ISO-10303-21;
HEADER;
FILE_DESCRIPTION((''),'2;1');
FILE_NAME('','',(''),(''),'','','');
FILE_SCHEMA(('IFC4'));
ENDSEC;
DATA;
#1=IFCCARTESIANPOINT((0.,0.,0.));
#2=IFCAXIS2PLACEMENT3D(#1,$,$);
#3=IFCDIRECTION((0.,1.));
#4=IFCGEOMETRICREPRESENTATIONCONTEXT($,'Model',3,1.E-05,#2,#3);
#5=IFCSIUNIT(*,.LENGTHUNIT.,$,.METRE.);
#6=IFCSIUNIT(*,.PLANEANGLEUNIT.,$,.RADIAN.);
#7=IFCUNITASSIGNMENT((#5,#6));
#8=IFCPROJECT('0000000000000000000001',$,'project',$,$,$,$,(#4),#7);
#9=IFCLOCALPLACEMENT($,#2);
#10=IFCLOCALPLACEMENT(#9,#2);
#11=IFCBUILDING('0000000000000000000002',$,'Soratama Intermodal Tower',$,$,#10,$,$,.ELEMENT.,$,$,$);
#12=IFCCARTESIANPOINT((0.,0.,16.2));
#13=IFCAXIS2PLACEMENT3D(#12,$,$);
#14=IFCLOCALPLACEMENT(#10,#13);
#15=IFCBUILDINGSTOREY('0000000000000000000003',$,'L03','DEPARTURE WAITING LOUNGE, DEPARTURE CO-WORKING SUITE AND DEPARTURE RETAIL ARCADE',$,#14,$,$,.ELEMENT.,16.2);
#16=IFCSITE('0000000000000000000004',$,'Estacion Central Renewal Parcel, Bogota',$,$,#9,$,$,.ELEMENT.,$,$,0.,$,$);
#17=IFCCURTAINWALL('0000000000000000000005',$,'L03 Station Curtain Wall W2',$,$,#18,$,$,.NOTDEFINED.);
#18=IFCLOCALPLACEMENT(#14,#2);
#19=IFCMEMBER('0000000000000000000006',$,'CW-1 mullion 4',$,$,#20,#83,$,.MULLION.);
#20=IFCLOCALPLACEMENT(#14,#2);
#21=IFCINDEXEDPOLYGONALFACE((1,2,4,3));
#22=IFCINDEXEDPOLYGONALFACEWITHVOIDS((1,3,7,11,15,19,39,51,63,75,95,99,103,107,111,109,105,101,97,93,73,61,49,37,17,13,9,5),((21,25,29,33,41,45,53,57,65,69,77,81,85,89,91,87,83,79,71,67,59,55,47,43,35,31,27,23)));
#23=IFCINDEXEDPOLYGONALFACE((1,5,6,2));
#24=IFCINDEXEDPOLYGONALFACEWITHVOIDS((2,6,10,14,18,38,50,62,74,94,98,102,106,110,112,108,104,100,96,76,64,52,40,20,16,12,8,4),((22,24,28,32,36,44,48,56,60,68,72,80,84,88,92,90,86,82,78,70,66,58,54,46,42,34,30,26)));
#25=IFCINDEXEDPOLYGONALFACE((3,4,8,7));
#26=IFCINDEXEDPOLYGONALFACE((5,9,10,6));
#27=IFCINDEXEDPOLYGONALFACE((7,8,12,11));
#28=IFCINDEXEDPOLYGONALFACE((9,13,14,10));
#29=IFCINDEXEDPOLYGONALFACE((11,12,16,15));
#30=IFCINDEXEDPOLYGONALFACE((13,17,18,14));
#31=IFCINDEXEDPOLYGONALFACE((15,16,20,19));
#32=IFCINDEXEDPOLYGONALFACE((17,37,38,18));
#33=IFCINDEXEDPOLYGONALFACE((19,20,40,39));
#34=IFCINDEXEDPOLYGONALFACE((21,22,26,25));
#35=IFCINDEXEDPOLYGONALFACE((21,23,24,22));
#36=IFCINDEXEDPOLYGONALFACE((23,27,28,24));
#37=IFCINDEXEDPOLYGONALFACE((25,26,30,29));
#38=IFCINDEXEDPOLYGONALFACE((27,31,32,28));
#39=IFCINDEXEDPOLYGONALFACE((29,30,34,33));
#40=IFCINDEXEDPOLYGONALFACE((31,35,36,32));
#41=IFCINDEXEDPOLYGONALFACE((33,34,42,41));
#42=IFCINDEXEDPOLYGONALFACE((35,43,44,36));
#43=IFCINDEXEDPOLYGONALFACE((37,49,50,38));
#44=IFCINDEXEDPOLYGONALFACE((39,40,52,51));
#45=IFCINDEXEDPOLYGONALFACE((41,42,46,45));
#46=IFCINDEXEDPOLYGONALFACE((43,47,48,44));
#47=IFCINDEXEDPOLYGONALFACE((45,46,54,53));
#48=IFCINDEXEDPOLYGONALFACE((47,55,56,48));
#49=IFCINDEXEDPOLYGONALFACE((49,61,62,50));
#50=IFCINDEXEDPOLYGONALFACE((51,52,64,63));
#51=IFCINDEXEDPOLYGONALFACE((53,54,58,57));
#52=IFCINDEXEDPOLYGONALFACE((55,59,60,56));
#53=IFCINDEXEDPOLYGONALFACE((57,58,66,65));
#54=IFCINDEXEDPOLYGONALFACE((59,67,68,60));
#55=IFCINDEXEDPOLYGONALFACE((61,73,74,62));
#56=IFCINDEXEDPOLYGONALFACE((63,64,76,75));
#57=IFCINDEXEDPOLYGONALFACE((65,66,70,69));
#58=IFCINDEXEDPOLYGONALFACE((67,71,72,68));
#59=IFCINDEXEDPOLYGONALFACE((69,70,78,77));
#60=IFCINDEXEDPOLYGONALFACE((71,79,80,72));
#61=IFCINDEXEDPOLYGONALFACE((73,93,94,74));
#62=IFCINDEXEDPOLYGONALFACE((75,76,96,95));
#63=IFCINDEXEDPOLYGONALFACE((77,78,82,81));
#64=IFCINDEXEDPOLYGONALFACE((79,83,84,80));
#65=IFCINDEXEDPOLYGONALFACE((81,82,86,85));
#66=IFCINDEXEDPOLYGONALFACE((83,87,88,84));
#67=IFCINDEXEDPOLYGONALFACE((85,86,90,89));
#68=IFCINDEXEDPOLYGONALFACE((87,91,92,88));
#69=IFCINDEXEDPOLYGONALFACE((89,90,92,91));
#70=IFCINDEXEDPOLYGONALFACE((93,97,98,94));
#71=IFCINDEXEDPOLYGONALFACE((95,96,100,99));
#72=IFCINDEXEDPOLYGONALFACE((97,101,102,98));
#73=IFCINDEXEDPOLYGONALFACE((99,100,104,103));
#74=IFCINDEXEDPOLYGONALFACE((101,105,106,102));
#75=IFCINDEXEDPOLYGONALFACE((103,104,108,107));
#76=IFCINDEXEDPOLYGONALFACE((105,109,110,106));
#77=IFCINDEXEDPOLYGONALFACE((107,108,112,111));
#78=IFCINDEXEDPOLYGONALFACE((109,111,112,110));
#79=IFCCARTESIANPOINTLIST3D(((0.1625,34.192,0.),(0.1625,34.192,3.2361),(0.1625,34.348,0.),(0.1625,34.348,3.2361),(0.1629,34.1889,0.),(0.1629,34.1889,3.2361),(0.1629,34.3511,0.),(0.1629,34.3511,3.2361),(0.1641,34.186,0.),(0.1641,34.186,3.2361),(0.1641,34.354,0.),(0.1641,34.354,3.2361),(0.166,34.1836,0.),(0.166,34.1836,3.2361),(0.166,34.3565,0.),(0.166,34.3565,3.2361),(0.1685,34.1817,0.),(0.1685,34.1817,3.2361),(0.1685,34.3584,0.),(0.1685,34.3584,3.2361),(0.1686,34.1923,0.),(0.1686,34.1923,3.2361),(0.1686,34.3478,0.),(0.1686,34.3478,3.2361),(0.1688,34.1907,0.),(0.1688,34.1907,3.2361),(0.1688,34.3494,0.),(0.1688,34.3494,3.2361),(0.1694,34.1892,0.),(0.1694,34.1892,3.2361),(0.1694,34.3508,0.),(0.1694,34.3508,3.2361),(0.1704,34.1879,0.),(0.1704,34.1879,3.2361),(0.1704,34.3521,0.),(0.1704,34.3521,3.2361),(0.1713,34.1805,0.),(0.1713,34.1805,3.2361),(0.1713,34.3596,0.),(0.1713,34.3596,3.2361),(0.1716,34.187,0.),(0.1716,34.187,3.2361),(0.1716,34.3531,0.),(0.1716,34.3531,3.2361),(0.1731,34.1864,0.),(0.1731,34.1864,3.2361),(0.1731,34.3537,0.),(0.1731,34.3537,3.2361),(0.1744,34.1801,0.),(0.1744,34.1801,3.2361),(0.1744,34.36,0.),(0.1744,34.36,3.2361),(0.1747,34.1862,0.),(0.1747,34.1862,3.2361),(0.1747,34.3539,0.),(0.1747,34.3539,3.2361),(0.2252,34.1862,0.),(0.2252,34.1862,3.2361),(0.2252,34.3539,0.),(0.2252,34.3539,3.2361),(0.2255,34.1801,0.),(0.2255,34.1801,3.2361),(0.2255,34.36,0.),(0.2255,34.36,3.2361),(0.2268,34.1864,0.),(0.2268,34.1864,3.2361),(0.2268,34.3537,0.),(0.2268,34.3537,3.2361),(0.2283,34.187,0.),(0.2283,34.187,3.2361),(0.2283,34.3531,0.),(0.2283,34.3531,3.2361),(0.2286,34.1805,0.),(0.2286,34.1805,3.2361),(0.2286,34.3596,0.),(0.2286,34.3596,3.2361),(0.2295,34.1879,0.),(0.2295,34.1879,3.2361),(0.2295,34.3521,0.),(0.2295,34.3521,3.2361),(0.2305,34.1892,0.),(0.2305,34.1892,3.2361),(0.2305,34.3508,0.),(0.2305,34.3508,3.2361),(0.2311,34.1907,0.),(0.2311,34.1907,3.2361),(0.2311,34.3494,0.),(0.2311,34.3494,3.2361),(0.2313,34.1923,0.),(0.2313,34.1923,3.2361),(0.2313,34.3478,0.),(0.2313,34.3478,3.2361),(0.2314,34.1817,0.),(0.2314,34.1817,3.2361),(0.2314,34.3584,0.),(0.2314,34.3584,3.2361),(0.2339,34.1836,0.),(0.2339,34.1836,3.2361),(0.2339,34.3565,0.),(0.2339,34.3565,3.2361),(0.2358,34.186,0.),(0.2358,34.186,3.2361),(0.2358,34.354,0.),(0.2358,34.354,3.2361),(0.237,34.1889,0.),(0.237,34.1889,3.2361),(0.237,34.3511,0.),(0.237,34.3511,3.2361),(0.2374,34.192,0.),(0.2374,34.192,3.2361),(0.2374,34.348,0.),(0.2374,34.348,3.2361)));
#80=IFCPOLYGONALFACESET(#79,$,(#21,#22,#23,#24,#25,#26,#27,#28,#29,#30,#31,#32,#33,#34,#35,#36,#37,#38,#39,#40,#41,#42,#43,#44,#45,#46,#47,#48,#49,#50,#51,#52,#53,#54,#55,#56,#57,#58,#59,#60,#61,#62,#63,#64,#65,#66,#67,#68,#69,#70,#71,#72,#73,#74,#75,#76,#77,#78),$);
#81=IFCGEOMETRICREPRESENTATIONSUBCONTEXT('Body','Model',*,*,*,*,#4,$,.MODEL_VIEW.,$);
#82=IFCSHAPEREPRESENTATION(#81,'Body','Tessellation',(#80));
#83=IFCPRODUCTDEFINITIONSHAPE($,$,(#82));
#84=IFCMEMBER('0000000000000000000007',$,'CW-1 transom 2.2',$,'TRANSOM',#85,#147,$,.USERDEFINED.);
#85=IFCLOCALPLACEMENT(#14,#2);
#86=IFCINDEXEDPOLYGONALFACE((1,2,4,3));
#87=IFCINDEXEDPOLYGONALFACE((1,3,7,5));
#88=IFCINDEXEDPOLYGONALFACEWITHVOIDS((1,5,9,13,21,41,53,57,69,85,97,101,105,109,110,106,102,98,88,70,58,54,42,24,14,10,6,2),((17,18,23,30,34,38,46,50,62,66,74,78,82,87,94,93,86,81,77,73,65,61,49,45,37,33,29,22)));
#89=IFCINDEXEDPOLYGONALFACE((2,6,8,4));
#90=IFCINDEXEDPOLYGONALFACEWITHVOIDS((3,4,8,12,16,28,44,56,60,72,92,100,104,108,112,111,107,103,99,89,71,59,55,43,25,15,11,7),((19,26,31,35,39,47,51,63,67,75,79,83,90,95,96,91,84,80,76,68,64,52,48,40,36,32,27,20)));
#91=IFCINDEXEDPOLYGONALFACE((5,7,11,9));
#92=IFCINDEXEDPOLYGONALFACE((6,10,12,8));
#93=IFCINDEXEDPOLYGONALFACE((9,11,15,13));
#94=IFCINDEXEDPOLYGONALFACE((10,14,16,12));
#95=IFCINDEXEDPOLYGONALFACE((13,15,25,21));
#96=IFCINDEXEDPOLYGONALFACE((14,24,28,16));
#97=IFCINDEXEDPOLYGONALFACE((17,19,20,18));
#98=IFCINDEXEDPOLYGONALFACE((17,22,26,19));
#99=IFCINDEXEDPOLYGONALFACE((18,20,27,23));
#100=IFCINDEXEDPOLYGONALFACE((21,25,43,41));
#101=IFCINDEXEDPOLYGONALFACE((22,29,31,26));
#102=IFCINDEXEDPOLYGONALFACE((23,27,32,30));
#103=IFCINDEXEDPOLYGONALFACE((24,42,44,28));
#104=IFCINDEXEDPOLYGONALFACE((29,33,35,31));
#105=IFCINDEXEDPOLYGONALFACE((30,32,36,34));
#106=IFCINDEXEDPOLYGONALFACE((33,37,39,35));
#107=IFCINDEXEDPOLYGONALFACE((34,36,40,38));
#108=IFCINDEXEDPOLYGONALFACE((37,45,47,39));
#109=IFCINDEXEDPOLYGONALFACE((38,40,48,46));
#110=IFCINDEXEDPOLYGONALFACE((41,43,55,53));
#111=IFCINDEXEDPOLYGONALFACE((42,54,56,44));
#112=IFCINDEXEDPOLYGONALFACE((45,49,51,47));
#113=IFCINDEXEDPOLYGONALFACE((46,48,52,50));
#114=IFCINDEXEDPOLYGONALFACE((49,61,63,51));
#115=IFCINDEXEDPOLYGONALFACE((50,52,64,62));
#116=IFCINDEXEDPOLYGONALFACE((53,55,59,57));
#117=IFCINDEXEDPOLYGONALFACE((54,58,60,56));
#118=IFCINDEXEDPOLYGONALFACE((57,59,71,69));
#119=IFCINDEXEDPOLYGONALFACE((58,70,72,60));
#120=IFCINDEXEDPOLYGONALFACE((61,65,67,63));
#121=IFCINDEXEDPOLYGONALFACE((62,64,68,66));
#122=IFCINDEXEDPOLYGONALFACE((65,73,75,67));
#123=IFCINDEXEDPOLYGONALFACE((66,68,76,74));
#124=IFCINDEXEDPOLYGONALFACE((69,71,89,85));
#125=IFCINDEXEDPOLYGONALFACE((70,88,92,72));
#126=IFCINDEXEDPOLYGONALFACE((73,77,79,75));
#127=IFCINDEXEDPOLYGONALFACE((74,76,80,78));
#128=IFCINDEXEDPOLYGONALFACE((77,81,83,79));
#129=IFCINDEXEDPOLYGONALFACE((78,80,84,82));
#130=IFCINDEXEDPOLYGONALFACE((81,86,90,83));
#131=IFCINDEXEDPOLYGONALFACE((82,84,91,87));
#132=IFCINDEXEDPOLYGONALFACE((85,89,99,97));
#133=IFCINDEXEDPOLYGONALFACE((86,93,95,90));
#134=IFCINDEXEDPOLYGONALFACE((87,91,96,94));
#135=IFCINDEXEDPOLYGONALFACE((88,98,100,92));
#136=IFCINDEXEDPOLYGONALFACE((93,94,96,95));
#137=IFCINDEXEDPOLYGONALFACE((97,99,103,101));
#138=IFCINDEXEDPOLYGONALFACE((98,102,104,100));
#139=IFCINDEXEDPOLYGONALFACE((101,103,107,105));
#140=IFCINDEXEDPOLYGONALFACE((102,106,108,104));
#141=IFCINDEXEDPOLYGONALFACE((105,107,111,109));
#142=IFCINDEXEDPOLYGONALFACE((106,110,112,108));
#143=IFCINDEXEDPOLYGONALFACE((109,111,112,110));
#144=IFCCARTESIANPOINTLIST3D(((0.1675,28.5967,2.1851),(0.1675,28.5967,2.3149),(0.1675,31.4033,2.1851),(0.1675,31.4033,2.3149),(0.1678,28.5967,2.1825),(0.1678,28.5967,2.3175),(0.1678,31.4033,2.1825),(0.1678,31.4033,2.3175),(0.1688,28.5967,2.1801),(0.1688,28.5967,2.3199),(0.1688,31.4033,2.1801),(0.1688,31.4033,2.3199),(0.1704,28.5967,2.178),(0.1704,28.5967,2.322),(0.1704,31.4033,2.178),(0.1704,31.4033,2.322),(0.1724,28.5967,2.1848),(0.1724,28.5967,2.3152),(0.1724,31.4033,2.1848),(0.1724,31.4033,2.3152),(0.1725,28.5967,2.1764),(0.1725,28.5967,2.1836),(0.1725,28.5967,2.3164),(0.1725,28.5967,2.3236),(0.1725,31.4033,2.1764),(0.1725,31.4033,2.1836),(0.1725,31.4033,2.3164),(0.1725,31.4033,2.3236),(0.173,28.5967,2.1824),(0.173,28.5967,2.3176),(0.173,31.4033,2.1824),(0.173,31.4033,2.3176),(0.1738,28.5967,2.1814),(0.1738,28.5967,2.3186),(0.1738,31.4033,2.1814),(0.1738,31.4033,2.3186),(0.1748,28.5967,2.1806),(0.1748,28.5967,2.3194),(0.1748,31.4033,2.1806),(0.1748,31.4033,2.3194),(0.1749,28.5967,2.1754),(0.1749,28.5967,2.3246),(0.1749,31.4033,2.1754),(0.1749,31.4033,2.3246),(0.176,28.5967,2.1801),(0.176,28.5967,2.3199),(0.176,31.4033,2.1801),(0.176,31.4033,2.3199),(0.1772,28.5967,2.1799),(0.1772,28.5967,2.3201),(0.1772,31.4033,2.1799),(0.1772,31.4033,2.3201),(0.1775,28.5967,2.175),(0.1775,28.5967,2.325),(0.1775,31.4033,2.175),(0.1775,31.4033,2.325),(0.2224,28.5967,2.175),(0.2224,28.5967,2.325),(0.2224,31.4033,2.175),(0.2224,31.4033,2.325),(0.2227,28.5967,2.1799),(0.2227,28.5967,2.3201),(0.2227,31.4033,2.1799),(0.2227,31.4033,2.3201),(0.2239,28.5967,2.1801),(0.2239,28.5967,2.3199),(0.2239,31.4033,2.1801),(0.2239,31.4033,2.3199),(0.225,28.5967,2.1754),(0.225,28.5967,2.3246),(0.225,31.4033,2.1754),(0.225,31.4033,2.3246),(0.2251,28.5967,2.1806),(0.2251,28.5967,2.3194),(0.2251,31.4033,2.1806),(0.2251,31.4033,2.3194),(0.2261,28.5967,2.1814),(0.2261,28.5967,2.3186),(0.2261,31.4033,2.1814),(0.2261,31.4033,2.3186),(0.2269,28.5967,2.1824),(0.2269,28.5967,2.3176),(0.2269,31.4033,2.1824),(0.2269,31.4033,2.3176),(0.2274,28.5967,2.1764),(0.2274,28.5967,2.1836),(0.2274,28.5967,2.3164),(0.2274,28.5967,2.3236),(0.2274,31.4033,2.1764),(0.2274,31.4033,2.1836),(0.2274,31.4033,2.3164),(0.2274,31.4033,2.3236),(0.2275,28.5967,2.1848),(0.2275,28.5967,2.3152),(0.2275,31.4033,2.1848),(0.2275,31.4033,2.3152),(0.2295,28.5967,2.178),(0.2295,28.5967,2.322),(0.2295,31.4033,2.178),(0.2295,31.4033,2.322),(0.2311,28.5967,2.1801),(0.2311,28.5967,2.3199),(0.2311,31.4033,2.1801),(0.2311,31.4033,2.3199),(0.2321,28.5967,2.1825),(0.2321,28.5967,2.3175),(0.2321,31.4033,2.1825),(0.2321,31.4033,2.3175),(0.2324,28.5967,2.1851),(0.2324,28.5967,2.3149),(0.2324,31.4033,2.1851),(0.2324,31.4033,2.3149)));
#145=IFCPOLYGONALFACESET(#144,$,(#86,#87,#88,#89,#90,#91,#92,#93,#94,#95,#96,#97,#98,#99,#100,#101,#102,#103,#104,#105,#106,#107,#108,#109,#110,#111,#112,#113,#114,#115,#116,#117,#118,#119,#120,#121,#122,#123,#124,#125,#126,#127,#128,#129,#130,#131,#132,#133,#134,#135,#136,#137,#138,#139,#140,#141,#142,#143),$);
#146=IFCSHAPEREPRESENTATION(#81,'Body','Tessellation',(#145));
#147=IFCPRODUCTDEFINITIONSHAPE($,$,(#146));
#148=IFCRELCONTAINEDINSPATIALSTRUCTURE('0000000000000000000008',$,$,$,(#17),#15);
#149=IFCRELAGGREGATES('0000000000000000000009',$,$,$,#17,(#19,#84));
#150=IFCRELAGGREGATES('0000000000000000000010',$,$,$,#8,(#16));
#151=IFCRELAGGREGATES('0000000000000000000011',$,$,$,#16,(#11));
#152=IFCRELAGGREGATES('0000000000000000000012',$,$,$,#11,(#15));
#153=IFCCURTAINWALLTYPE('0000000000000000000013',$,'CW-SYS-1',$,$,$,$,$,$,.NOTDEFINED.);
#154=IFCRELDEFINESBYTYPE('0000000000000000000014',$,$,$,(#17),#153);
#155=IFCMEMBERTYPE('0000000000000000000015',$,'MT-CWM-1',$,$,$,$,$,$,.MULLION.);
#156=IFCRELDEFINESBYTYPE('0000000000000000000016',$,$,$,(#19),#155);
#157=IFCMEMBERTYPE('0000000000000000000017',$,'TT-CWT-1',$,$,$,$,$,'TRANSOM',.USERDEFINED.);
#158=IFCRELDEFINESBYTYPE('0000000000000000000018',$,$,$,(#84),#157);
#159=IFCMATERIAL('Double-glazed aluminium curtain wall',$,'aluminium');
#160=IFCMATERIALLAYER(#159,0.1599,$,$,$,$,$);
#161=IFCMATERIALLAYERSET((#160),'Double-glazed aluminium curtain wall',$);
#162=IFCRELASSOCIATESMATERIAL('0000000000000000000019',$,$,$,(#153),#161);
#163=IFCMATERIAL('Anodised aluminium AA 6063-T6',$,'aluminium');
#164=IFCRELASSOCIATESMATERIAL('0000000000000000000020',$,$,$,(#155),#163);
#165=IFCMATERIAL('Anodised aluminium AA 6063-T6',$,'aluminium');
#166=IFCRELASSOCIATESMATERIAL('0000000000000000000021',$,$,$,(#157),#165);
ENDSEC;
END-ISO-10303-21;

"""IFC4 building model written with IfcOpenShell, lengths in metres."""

from ifc_helpers import new_model, si_unit, direction, frame, origin, origin_2d, place, context, subcontext, project, spatial, hollow_rectangle, extrude, material, layer, layer_set, material_profile, profile_set, type_object, element, aggregate, save


model = new_model("IFC4")

# Units and contexts
model_context = context("Model", 3, precision=1e-05, world=origin(), true_north=direction((0.0, 1.0)))
body_context = subcontext(model_context, "Body", "Model", "MODEL_VIEW")
ifc_project = project(units=[si_unit("LENGTHUNIT", "METRE"), si_unit("PLANEANGLEUNIT", "RADIAN")], contexts=[model_context])

# Site, building, storey
site_placement = place(None, origin())
site = spatial("IfcSite", under=ifc_project, at=site_placement, Name="Estacion Central Renewal Parcel, Bogota", CompositionType="ELEMENT", RefElevation=0.0)
building_placement = place(site_placement, origin())
building = spatial("IfcBuilding", under=site, at=building_placement, Name="Soratama Intermodal Tower", CompositionType="ELEMENT")
storey_placement = place(building_placement, frame((0.0, 0.0, 16.2)))
storey = spatial("IfcBuildingStorey", under=building, at=storey_placement, Name="L03", Description="DEPARTURE WAITING LOUNGE, DEPARTURE CO-WORKING SUITE AND DEPARTURE RETAIL ARCADE", CompositionType="ELEMENT", Elevation=16.2)

# Curtain wall, members
ifc_material_1 = material(Name="Double-glazed aluminium curtain wall", Category="aluminium")
ifc_layer_1 = layer(ifc_material_1, 0.1599)
ifc_layer_set_1 = layer_set([ifc_layer_1], Name="Double-glazed aluminium curtain wall")
curtain_wall_type = type_object("IfcCurtainWallType", Name="CW-SYS-1", PredefinedType="NOTDEFINED", material=ifc_layer_set_1)
curtain_wall_placement = place(storey_placement, origin())
curtain_wall = element("IfcCurtainWall", 1, at=curtain_wall_placement, inside=storey, type_object=curtain_wall_type, Name="L03 Station Curtain Wall W2", PredefinedType="NOTDEFINED")
ifc_material_2 = material(Name="Anodised aluminium AA 6063-T6", Category="aluminium")
ifc_material_profile_1 = material_profile(ifc_material_2, hollow_rectangle(XDim=0.075, YDim=0.1799, WallThickness=0.0061, InnerFilletRadius=0.0061, OuterFilletRadius=0.012, at=origin_2d()), Name="CWM180X75X6")
ifc_profile_set_1 = profile_set([ifc_material_profile_1], Name="Anodised aluminium AA 6063-T6")
member_type_1 = type_object("IfcMemberType", Name="MT-CWM-1", PredefinedType="MULLION", material=ifc_profile_set_1)
member_1_placement = place(storey_placement, frame((0.2, 34.27, 0.0), z_axis=(0.0, 0.0, 1.0), x_axis=(-1.0, 0.0, 0.0)))
member_1 = element("IfcMember", 2, at=member_1_placement, type_object=member_type_1, Name="CW-1 mullion 4", PredefinedType="MULLION", context=body_context, shape_type="SweptSolid", body=[
    extrude(hollow_rectangle(XDim=0.075, YDim=0.1799, WallThickness=0.0061, InnerFilletRadius=0.0061, OuterFilletRadius=0.012, at=origin_2d()), origin(), (0.0, 0.0, 1.0), 3.2361),
])
ifc_material_3 = material(Name="Anodised aluminium AA 6063-T6", Category="aluminium")
ifc_material_profile_2 = material_profile(ifc_material_3, hollow_rectangle(XDim=0.0649, YDim=0.1499, WallThickness=0.0049, InnerFilletRadius=0.0049, OuterFilletRadius=0.01, at=origin_2d()), Name="CWT150X65X5")
ifc_profile_set_2 = profile_set([ifc_material_profile_2], Name="Anodised aluminium AA 6063-T6")
member_type_2 = type_object("IfcMemberType", Name="TT-CWT-1", ElementType="TRANSOM", PredefinedType="USERDEFINED", material=ifc_profile_set_2)
member_2_placement = place(storey_placement, frame((0.2, 28.5967, 2.25), z_axis=(0.0, 1.0, 0.0), x_axis=(-1.0, 0.0, 0.0)))
member_2 = element("IfcMember", 3, at=member_2_placement, type_object=member_type_2, Name="CW-1 transom 2.2", ObjectType="TRANSOM", PredefinedType="USERDEFINED", context=body_context, shape_type="SweptSolid", body=[
    extrude(hollow_rectangle(XDim=0.0649, YDim=0.1499, WallThickness=0.0049, InnerFilletRadius=0.0049, OuterFilletRadius=0.01, at=origin_2d()), origin(), (0.0, 0.0, 1.0), 2.8066),
])
aggregate(curtain_wall, [member_1, member_2])

save(model, "model.ifc")
